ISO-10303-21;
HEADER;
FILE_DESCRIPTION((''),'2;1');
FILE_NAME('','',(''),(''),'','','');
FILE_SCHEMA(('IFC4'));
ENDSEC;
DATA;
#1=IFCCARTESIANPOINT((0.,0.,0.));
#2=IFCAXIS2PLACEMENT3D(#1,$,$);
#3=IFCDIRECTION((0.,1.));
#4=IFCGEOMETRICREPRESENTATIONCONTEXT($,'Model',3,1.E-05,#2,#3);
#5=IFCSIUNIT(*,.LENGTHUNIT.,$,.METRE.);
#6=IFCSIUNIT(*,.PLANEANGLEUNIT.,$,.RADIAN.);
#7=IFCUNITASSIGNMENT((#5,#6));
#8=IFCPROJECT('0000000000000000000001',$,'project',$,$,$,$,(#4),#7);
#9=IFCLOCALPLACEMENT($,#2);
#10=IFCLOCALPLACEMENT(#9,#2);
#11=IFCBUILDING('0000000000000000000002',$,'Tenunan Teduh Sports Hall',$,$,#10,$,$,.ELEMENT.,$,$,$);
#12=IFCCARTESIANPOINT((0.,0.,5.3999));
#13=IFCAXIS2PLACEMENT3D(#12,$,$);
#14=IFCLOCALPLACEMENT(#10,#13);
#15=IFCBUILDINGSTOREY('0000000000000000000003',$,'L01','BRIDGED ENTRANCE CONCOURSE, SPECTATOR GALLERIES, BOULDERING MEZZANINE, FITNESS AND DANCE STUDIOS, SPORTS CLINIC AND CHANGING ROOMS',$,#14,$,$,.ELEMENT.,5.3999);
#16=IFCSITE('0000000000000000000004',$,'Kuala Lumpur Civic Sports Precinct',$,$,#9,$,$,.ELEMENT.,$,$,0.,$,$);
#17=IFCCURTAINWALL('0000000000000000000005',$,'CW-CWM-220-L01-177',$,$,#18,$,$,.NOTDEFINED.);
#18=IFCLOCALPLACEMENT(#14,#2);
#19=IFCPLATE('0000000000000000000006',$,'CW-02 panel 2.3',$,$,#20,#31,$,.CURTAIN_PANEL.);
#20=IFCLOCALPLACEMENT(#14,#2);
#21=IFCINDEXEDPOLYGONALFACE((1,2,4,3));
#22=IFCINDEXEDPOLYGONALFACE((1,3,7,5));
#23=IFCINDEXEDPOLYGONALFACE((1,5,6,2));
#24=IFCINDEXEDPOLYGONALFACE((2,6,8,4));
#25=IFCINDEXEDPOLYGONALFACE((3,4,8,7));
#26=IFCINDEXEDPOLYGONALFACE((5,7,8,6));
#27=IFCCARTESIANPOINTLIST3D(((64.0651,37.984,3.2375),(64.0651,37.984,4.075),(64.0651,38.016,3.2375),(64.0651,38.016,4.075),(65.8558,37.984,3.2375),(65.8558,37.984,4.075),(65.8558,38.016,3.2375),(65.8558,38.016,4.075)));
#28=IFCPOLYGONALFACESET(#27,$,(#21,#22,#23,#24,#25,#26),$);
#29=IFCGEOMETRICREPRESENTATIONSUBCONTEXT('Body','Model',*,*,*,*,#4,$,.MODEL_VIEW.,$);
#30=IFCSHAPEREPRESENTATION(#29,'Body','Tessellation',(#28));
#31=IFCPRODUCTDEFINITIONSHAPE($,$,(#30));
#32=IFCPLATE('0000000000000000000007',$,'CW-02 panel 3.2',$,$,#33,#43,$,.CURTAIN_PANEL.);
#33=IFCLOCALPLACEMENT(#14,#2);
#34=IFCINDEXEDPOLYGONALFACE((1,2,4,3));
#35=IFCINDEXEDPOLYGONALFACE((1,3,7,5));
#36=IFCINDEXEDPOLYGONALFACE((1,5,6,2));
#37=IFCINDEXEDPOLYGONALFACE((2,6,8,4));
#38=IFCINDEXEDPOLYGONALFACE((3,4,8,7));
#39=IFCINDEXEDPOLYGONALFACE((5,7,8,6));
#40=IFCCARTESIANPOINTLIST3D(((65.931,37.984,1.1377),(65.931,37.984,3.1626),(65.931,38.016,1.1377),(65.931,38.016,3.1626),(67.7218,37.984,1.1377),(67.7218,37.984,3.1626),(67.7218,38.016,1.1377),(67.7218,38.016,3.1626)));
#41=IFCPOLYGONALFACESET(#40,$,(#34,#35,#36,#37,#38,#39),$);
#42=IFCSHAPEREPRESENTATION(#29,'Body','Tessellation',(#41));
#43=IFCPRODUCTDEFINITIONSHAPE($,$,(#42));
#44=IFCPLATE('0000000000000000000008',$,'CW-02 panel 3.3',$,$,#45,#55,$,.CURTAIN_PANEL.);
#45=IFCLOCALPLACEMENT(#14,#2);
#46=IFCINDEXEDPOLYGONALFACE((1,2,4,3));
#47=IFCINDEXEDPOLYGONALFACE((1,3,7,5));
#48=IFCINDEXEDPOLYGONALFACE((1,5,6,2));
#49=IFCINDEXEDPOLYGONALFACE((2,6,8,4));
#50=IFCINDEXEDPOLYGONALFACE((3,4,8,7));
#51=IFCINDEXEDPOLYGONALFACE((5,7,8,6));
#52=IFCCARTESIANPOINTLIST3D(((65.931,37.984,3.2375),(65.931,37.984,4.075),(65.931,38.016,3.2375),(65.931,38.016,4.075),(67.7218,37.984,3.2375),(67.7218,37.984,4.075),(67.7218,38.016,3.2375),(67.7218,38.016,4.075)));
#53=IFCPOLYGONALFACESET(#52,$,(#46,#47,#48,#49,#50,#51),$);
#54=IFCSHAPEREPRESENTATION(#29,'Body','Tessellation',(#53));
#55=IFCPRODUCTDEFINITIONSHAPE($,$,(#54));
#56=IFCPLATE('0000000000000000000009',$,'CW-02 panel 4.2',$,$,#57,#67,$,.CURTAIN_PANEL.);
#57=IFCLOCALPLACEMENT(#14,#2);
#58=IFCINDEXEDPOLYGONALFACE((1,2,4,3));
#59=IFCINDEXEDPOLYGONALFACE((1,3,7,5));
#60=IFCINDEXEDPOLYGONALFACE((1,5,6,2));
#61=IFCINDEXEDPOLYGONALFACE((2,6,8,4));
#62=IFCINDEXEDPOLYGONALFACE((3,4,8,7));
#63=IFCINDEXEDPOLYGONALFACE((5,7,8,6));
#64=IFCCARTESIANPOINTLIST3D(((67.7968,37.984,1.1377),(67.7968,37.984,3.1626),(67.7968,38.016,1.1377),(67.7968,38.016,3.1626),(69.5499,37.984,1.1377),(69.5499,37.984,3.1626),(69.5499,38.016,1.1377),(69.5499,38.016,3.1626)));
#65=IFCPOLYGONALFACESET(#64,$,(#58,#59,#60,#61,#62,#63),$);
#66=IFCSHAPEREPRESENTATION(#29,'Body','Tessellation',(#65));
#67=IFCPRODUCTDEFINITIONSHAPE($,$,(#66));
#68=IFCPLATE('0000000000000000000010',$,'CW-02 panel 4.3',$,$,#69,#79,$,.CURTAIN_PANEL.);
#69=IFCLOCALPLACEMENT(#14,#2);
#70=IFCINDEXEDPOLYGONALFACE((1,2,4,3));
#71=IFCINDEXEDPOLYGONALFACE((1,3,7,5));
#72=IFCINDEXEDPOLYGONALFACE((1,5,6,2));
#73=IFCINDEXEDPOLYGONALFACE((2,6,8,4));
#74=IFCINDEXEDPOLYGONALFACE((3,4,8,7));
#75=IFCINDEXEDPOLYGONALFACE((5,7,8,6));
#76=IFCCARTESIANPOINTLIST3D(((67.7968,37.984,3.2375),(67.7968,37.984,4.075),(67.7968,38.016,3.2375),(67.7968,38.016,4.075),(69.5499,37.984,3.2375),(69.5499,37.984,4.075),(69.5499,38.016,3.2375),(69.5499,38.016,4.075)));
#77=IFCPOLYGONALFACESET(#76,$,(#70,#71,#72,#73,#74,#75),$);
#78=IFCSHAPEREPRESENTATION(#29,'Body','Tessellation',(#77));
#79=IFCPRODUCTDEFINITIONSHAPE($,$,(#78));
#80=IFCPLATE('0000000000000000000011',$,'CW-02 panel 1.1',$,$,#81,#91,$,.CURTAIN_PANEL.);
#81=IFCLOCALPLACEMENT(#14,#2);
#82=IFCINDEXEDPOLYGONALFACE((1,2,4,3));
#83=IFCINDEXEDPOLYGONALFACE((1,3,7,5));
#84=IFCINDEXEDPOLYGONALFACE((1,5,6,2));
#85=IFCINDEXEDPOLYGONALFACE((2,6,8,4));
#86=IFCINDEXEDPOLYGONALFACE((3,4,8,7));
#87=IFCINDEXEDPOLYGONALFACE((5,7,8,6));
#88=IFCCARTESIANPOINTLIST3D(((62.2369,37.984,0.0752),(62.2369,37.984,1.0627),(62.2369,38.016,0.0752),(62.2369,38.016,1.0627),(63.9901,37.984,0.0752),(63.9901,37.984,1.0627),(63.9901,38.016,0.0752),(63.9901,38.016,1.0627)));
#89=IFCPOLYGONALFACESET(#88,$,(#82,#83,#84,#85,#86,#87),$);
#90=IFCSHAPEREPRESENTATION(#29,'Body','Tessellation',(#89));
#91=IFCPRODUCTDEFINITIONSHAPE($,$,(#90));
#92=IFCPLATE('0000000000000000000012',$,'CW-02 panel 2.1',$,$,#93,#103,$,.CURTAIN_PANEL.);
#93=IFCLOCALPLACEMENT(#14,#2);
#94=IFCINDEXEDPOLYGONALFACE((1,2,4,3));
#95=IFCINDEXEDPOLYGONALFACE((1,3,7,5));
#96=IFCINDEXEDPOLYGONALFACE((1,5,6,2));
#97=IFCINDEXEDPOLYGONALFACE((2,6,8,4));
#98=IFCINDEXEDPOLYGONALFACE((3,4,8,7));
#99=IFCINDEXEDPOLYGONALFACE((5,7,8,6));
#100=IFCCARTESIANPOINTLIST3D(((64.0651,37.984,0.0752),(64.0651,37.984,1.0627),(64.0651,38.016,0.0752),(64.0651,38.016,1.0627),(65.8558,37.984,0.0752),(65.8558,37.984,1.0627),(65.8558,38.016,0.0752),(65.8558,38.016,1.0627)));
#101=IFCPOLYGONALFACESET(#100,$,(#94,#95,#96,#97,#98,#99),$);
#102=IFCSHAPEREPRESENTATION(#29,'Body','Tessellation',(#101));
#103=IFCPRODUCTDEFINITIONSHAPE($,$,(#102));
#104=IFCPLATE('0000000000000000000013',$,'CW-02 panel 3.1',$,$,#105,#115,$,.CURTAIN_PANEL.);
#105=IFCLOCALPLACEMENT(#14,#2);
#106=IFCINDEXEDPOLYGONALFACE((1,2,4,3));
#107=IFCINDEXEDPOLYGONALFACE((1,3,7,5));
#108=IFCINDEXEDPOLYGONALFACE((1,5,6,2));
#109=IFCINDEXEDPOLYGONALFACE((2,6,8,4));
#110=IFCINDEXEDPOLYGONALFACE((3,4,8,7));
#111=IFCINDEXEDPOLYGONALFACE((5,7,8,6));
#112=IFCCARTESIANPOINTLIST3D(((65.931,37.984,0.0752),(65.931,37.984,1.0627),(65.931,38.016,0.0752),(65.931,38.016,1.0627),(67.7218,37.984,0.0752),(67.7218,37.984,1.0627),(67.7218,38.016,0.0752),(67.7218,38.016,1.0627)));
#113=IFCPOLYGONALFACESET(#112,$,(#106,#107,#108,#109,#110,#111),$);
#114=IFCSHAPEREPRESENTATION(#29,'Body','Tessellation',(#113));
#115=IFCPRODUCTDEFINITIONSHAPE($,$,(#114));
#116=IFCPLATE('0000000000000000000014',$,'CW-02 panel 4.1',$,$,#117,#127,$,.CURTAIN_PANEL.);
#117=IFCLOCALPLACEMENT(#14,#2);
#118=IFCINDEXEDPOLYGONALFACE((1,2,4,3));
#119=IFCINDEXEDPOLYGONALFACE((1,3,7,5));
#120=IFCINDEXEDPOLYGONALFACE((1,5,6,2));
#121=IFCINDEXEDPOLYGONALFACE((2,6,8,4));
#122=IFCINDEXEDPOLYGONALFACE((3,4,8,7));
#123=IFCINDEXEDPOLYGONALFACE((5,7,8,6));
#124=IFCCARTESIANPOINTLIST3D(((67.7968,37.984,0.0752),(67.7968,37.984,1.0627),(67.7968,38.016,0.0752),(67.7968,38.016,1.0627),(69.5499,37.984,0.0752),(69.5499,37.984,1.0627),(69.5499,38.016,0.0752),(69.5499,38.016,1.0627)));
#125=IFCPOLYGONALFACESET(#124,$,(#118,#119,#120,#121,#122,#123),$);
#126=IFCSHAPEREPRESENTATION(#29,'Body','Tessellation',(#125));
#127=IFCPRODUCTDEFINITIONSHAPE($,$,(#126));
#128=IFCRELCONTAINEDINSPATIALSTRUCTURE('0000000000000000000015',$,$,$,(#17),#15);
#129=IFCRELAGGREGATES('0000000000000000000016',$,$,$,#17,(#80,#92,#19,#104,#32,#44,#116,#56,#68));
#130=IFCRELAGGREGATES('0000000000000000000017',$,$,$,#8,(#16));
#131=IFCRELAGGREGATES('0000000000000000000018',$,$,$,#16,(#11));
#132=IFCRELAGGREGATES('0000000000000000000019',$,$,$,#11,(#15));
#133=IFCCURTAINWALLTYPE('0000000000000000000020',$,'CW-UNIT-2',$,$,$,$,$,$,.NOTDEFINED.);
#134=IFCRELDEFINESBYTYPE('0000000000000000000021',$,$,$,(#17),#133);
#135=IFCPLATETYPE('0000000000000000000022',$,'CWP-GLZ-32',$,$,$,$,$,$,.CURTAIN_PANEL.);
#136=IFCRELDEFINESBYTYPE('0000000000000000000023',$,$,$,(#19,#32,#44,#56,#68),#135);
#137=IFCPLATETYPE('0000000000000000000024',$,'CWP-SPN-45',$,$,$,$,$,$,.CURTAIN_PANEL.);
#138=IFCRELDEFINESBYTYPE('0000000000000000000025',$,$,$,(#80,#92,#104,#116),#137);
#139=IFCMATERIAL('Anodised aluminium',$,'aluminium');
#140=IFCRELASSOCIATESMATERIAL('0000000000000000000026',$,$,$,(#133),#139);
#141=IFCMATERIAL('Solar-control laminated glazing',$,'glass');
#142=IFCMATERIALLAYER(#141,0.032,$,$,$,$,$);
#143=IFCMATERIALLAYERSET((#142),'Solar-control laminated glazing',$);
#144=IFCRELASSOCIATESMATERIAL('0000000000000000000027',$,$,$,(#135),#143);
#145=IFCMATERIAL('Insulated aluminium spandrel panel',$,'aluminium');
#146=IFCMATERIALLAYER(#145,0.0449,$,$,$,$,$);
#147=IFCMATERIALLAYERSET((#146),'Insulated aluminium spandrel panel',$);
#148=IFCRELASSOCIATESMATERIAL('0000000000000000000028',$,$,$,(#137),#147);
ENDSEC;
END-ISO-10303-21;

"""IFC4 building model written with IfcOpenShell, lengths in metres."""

from ifc_helpers import new_model, si_unit, direction, frame, origin, origin_2d, place, context, subcontext, project, spatial, rectangle, extrude, material, layer, layer_set, type_object, element, aggregate, save


model = new_model("IFC4")

# Units and contexts
model_context = context("Model", 3, precision=1e-05, world=origin(), true_north=direction((0.0, 1.0)))
body_context = subcontext(model_context, "Body", "Model", "MODEL_VIEW")
ifc_project = project(units=[si_unit("LENGTHUNIT", "METRE"), si_unit("PLANEANGLEUNIT", "RADIAN")], contexts=[model_context])

# Site, building, storey
site_placement = place(None, origin())
site = spatial("IfcSite", under=ifc_project, at=site_placement, Name="Kuala Lumpur Civic Sports Precinct", CompositionType="ELEMENT", RefElevation=0.0)
building_placement = place(site_placement, origin())
building = spatial("IfcBuilding", under=site, at=building_placement, Name="Tenunan Teduh Sports Hall", CompositionType="ELEMENT")
storey_placement = place(building_placement, frame((0.0, 0.0, 5.3999)))
storey = spatial("IfcBuildingStorey", under=building, at=storey_placement, Name="L01", Description="BRIDGED ENTRANCE CONCOURSE, SPECTATOR GALLERIES, BOULDERING MEZZANINE, FITNESS AND DANCE STUDIOS, SPORTS CLINIC AND CHANGING ROOMS", CompositionType="ELEMENT", Elevation=5.3999)

# Curtain wall
ifc_material_1 = material(Name="Anodised aluminium", Category="aluminium")
curtain_wall_type = type_object("IfcCurtainWallType", Name="CW-UNIT-2", PredefinedType="NOTDEFINED", material=ifc_material_1)
curtain_wall_placement = place(storey_placement, origin())
curtain_wall = element("IfcCurtainWall", 1, at=curtain_wall_placement, inside=storey, type_object=curtain_wall_type, Name="CW-CWM-220-L01-177", PredefinedType="NOTDEFINED")

# Plates
ifc_material_2 = material(Name="Solar-control laminated glazing", Category="glass")
ifc_layer_1 = layer(ifc_material_2, 0.032)
ifc_layer_set_1 = layer_set([ifc_layer_1], Name="Solar-control laminated glazing")
plate_type_1 = type_object("IfcPlateType", Name="CWP-GLZ-32", PredefinedType="CURTAIN_PANEL", material=ifc_layer_set_1)
plate_1_placement = place(storey_placement, frame((64.9604, 38.0, 3.2375), z_axis=(0.0, 0.0, 1.0), x_axis=(1.0, 0.0, 0.0)))
plate_1 = element("IfcPlate", 2, at=plate_1_placement, type_object=plate_type_1, Name="CW-02 panel 2.3", PredefinedType="CURTAIN_PANEL", context=body_context, shape_type="SweptSolid", body=[
    extrude(rectangle(XDim=1.7908, YDim=0.032, at=origin_2d()), origin(), (0.0, 0.0, 1.0), 0.8374),
])
plate_2_placement = place(storey_placement, frame((66.8264, 38.0, 1.1377), z_axis=(0.0, 0.0, 1.0), x_axis=(1.0, 0.0, 0.0)))
plate_2 = element("IfcPlate", 3, at=plate_2_placement, type_object=plate_type_1, Name="CW-02 panel 3.2", PredefinedType="CURTAIN_PANEL", context=body_context, shape_type="SweptSolid", body=[
    extrude(rectangle(XDim=1.7908, YDim=0.032, at=origin_2d()), origin(), (0.0, 0.0, 1.0), 2.0249),
])
plate_3_placement = place(storey_placement, frame((66.8264, 38.0, 3.2375), z_axis=(0.0, 0.0, 1.0), x_axis=(1.0, 0.0, 0.0)))
plate_3 = element("IfcPlate", 4, at=plate_3_placement, type_object=plate_type_1, Name="CW-02 panel 3.3", PredefinedType="CURTAIN_PANEL", context=body_context, shape_type="SweptSolid", body=[
    extrude(rectangle(XDim=1.7908, YDim=0.032, at=origin_2d()), origin(), (0.0, 0.0, 1.0), 0.8374),
])
plate_4_placement = place(storey_placement, frame((68.6733, 38.0, 1.1377), z_axis=(0.0, 0.0, 1.0), x_axis=(1.0, 0.0, 0.0)))
plate_4 = element("IfcPlate", 5, at=plate_4_placement, type_object=plate_type_1, Name="CW-02 panel 4.2", PredefinedType="CURTAIN_PANEL", context=body_context, shape_type="SweptSolid", body=[
    extrude(rectangle(XDim=1.7532, YDim=0.032, at=origin_2d()), origin(), (0.0, 0.0, 1.0), 2.0249),
])
plate_5_placement = place(storey_placement, frame((68.6733, 38.0, 3.2375), z_axis=(0.0, 0.0, 1.0), x_axis=(1.0, 0.0, 0.0)))
plate_5 = element("IfcPlate", 6, at=plate_5_placement, type_object=plate_type_1, Name="CW-02 panel 4.3", PredefinedType="CURTAIN_PANEL", context=body_context, shape_type="SweptSolid", body=[
    extrude(rectangle(XDim=1.7532, YDim=0.032, at=origin_2d()), origin(), (0.0, 0.0, 1.0), 0.8374),
])
ifc_material_3 = material(Name="Insulated aluminium spandrel panel", Category="aluminium")
ifc_layer_2 = layer(ifc_material_3, 0.0449)
ifc_layer_set_2 = layer_set([ifc_layer_2], Name="Insulated aluminium spandrel panel")
plate_type_2 = type_object("IfcPlateType", Name="CWP-SPN-45", PredefinedType="CURTAIN_PANEL", material=ifc_layer_set_2)
plate_6_placement = place(storey_placement, frame((63.1135, 38.0, 0.0752), z_axis=(0.0, 0.0, 1.0), x_axis=(1.0, 0.0, 0.0)))
plate_6 = element("IfcPlate", 7, at=plate_6_placement, type_object=plate_type_2, Name="CW-02 panel 1.1", PredefinedType="CURTAIN_PANEL", context=body_context, shape_type="SweptSolid", body=[
    extrude(rectangle(XDim=1.7532, YDim=0.032, at=origin_2d()), origin(), (0.0, 0.0, 1.0), 0.9875),
])
plate_7_placement = place(storey_placement, frame((64.9604, 38.0, 0.0752), z_axis=(0.0, 0.0, 1.0), x_axis=(1.0, 0.0, 0.0)))
plate_7 = element("IfcPlate", 8, at=plate_7_placement, type_object=plate_type_2, Name="CW-02 panel 2.1", PredefinedType="CURTAIN_PANEL", context=body_context, shape_type="SweptSolid", body=[
    extrude(rectangle(XDim=1.7908, YDim=0.032, at=origin_2d()), origin(), (0.0, 0.0, 1.0), 0.9875),
])
plate_8_placement = place(storey_placement, frame((66.8264, 38.0, 0.0752), z_axis=(0.0, 0.0, 1.0), x_axis=(1.0, 0.0, 0.0)))
plate_8 = element("IfcPlate", 9, at=plate_8_placement, type_object=plate_type_2, Name="CW-02 panel 3.1", PredefinedType="CURTAIN_PANEL", context=body_context, shape_type="SweptSolid", body=[
    extrude(rectangle(XDim=1.7908, YDim=0.032, at=origin_2d()), origin(), (0.0, 0.0, 1.0), 0.9875),
])
plate_9_placement = place(storey_placement, frame((68.6733, 38.0, 0.0752), z_axis=(0.0, 0.0, 1.0), x_axis=(1.0, 0.0, 0.0)))
plate_9 = element("IfcPlate", 10, at=plate_9_placement, type_object=plate_type_2, Name="CW-02 panel 4.1", PredefinedType="CURTAIN_PANEL", context=body_context, shape_type="SweptSolid", body=[
    extrude(rectangle(XDim=1.7532, YDim=0.032, at=origin_2d()), origin(), (0.0, 0.0, 1.0), 0.9875),
])
aggregate(curtain_wall, [plate_6, plate_7, plate_1, plate_8, plate_2, plate_3, plate_9, plate_4, plate_5])

save(model, "model.ifc")
